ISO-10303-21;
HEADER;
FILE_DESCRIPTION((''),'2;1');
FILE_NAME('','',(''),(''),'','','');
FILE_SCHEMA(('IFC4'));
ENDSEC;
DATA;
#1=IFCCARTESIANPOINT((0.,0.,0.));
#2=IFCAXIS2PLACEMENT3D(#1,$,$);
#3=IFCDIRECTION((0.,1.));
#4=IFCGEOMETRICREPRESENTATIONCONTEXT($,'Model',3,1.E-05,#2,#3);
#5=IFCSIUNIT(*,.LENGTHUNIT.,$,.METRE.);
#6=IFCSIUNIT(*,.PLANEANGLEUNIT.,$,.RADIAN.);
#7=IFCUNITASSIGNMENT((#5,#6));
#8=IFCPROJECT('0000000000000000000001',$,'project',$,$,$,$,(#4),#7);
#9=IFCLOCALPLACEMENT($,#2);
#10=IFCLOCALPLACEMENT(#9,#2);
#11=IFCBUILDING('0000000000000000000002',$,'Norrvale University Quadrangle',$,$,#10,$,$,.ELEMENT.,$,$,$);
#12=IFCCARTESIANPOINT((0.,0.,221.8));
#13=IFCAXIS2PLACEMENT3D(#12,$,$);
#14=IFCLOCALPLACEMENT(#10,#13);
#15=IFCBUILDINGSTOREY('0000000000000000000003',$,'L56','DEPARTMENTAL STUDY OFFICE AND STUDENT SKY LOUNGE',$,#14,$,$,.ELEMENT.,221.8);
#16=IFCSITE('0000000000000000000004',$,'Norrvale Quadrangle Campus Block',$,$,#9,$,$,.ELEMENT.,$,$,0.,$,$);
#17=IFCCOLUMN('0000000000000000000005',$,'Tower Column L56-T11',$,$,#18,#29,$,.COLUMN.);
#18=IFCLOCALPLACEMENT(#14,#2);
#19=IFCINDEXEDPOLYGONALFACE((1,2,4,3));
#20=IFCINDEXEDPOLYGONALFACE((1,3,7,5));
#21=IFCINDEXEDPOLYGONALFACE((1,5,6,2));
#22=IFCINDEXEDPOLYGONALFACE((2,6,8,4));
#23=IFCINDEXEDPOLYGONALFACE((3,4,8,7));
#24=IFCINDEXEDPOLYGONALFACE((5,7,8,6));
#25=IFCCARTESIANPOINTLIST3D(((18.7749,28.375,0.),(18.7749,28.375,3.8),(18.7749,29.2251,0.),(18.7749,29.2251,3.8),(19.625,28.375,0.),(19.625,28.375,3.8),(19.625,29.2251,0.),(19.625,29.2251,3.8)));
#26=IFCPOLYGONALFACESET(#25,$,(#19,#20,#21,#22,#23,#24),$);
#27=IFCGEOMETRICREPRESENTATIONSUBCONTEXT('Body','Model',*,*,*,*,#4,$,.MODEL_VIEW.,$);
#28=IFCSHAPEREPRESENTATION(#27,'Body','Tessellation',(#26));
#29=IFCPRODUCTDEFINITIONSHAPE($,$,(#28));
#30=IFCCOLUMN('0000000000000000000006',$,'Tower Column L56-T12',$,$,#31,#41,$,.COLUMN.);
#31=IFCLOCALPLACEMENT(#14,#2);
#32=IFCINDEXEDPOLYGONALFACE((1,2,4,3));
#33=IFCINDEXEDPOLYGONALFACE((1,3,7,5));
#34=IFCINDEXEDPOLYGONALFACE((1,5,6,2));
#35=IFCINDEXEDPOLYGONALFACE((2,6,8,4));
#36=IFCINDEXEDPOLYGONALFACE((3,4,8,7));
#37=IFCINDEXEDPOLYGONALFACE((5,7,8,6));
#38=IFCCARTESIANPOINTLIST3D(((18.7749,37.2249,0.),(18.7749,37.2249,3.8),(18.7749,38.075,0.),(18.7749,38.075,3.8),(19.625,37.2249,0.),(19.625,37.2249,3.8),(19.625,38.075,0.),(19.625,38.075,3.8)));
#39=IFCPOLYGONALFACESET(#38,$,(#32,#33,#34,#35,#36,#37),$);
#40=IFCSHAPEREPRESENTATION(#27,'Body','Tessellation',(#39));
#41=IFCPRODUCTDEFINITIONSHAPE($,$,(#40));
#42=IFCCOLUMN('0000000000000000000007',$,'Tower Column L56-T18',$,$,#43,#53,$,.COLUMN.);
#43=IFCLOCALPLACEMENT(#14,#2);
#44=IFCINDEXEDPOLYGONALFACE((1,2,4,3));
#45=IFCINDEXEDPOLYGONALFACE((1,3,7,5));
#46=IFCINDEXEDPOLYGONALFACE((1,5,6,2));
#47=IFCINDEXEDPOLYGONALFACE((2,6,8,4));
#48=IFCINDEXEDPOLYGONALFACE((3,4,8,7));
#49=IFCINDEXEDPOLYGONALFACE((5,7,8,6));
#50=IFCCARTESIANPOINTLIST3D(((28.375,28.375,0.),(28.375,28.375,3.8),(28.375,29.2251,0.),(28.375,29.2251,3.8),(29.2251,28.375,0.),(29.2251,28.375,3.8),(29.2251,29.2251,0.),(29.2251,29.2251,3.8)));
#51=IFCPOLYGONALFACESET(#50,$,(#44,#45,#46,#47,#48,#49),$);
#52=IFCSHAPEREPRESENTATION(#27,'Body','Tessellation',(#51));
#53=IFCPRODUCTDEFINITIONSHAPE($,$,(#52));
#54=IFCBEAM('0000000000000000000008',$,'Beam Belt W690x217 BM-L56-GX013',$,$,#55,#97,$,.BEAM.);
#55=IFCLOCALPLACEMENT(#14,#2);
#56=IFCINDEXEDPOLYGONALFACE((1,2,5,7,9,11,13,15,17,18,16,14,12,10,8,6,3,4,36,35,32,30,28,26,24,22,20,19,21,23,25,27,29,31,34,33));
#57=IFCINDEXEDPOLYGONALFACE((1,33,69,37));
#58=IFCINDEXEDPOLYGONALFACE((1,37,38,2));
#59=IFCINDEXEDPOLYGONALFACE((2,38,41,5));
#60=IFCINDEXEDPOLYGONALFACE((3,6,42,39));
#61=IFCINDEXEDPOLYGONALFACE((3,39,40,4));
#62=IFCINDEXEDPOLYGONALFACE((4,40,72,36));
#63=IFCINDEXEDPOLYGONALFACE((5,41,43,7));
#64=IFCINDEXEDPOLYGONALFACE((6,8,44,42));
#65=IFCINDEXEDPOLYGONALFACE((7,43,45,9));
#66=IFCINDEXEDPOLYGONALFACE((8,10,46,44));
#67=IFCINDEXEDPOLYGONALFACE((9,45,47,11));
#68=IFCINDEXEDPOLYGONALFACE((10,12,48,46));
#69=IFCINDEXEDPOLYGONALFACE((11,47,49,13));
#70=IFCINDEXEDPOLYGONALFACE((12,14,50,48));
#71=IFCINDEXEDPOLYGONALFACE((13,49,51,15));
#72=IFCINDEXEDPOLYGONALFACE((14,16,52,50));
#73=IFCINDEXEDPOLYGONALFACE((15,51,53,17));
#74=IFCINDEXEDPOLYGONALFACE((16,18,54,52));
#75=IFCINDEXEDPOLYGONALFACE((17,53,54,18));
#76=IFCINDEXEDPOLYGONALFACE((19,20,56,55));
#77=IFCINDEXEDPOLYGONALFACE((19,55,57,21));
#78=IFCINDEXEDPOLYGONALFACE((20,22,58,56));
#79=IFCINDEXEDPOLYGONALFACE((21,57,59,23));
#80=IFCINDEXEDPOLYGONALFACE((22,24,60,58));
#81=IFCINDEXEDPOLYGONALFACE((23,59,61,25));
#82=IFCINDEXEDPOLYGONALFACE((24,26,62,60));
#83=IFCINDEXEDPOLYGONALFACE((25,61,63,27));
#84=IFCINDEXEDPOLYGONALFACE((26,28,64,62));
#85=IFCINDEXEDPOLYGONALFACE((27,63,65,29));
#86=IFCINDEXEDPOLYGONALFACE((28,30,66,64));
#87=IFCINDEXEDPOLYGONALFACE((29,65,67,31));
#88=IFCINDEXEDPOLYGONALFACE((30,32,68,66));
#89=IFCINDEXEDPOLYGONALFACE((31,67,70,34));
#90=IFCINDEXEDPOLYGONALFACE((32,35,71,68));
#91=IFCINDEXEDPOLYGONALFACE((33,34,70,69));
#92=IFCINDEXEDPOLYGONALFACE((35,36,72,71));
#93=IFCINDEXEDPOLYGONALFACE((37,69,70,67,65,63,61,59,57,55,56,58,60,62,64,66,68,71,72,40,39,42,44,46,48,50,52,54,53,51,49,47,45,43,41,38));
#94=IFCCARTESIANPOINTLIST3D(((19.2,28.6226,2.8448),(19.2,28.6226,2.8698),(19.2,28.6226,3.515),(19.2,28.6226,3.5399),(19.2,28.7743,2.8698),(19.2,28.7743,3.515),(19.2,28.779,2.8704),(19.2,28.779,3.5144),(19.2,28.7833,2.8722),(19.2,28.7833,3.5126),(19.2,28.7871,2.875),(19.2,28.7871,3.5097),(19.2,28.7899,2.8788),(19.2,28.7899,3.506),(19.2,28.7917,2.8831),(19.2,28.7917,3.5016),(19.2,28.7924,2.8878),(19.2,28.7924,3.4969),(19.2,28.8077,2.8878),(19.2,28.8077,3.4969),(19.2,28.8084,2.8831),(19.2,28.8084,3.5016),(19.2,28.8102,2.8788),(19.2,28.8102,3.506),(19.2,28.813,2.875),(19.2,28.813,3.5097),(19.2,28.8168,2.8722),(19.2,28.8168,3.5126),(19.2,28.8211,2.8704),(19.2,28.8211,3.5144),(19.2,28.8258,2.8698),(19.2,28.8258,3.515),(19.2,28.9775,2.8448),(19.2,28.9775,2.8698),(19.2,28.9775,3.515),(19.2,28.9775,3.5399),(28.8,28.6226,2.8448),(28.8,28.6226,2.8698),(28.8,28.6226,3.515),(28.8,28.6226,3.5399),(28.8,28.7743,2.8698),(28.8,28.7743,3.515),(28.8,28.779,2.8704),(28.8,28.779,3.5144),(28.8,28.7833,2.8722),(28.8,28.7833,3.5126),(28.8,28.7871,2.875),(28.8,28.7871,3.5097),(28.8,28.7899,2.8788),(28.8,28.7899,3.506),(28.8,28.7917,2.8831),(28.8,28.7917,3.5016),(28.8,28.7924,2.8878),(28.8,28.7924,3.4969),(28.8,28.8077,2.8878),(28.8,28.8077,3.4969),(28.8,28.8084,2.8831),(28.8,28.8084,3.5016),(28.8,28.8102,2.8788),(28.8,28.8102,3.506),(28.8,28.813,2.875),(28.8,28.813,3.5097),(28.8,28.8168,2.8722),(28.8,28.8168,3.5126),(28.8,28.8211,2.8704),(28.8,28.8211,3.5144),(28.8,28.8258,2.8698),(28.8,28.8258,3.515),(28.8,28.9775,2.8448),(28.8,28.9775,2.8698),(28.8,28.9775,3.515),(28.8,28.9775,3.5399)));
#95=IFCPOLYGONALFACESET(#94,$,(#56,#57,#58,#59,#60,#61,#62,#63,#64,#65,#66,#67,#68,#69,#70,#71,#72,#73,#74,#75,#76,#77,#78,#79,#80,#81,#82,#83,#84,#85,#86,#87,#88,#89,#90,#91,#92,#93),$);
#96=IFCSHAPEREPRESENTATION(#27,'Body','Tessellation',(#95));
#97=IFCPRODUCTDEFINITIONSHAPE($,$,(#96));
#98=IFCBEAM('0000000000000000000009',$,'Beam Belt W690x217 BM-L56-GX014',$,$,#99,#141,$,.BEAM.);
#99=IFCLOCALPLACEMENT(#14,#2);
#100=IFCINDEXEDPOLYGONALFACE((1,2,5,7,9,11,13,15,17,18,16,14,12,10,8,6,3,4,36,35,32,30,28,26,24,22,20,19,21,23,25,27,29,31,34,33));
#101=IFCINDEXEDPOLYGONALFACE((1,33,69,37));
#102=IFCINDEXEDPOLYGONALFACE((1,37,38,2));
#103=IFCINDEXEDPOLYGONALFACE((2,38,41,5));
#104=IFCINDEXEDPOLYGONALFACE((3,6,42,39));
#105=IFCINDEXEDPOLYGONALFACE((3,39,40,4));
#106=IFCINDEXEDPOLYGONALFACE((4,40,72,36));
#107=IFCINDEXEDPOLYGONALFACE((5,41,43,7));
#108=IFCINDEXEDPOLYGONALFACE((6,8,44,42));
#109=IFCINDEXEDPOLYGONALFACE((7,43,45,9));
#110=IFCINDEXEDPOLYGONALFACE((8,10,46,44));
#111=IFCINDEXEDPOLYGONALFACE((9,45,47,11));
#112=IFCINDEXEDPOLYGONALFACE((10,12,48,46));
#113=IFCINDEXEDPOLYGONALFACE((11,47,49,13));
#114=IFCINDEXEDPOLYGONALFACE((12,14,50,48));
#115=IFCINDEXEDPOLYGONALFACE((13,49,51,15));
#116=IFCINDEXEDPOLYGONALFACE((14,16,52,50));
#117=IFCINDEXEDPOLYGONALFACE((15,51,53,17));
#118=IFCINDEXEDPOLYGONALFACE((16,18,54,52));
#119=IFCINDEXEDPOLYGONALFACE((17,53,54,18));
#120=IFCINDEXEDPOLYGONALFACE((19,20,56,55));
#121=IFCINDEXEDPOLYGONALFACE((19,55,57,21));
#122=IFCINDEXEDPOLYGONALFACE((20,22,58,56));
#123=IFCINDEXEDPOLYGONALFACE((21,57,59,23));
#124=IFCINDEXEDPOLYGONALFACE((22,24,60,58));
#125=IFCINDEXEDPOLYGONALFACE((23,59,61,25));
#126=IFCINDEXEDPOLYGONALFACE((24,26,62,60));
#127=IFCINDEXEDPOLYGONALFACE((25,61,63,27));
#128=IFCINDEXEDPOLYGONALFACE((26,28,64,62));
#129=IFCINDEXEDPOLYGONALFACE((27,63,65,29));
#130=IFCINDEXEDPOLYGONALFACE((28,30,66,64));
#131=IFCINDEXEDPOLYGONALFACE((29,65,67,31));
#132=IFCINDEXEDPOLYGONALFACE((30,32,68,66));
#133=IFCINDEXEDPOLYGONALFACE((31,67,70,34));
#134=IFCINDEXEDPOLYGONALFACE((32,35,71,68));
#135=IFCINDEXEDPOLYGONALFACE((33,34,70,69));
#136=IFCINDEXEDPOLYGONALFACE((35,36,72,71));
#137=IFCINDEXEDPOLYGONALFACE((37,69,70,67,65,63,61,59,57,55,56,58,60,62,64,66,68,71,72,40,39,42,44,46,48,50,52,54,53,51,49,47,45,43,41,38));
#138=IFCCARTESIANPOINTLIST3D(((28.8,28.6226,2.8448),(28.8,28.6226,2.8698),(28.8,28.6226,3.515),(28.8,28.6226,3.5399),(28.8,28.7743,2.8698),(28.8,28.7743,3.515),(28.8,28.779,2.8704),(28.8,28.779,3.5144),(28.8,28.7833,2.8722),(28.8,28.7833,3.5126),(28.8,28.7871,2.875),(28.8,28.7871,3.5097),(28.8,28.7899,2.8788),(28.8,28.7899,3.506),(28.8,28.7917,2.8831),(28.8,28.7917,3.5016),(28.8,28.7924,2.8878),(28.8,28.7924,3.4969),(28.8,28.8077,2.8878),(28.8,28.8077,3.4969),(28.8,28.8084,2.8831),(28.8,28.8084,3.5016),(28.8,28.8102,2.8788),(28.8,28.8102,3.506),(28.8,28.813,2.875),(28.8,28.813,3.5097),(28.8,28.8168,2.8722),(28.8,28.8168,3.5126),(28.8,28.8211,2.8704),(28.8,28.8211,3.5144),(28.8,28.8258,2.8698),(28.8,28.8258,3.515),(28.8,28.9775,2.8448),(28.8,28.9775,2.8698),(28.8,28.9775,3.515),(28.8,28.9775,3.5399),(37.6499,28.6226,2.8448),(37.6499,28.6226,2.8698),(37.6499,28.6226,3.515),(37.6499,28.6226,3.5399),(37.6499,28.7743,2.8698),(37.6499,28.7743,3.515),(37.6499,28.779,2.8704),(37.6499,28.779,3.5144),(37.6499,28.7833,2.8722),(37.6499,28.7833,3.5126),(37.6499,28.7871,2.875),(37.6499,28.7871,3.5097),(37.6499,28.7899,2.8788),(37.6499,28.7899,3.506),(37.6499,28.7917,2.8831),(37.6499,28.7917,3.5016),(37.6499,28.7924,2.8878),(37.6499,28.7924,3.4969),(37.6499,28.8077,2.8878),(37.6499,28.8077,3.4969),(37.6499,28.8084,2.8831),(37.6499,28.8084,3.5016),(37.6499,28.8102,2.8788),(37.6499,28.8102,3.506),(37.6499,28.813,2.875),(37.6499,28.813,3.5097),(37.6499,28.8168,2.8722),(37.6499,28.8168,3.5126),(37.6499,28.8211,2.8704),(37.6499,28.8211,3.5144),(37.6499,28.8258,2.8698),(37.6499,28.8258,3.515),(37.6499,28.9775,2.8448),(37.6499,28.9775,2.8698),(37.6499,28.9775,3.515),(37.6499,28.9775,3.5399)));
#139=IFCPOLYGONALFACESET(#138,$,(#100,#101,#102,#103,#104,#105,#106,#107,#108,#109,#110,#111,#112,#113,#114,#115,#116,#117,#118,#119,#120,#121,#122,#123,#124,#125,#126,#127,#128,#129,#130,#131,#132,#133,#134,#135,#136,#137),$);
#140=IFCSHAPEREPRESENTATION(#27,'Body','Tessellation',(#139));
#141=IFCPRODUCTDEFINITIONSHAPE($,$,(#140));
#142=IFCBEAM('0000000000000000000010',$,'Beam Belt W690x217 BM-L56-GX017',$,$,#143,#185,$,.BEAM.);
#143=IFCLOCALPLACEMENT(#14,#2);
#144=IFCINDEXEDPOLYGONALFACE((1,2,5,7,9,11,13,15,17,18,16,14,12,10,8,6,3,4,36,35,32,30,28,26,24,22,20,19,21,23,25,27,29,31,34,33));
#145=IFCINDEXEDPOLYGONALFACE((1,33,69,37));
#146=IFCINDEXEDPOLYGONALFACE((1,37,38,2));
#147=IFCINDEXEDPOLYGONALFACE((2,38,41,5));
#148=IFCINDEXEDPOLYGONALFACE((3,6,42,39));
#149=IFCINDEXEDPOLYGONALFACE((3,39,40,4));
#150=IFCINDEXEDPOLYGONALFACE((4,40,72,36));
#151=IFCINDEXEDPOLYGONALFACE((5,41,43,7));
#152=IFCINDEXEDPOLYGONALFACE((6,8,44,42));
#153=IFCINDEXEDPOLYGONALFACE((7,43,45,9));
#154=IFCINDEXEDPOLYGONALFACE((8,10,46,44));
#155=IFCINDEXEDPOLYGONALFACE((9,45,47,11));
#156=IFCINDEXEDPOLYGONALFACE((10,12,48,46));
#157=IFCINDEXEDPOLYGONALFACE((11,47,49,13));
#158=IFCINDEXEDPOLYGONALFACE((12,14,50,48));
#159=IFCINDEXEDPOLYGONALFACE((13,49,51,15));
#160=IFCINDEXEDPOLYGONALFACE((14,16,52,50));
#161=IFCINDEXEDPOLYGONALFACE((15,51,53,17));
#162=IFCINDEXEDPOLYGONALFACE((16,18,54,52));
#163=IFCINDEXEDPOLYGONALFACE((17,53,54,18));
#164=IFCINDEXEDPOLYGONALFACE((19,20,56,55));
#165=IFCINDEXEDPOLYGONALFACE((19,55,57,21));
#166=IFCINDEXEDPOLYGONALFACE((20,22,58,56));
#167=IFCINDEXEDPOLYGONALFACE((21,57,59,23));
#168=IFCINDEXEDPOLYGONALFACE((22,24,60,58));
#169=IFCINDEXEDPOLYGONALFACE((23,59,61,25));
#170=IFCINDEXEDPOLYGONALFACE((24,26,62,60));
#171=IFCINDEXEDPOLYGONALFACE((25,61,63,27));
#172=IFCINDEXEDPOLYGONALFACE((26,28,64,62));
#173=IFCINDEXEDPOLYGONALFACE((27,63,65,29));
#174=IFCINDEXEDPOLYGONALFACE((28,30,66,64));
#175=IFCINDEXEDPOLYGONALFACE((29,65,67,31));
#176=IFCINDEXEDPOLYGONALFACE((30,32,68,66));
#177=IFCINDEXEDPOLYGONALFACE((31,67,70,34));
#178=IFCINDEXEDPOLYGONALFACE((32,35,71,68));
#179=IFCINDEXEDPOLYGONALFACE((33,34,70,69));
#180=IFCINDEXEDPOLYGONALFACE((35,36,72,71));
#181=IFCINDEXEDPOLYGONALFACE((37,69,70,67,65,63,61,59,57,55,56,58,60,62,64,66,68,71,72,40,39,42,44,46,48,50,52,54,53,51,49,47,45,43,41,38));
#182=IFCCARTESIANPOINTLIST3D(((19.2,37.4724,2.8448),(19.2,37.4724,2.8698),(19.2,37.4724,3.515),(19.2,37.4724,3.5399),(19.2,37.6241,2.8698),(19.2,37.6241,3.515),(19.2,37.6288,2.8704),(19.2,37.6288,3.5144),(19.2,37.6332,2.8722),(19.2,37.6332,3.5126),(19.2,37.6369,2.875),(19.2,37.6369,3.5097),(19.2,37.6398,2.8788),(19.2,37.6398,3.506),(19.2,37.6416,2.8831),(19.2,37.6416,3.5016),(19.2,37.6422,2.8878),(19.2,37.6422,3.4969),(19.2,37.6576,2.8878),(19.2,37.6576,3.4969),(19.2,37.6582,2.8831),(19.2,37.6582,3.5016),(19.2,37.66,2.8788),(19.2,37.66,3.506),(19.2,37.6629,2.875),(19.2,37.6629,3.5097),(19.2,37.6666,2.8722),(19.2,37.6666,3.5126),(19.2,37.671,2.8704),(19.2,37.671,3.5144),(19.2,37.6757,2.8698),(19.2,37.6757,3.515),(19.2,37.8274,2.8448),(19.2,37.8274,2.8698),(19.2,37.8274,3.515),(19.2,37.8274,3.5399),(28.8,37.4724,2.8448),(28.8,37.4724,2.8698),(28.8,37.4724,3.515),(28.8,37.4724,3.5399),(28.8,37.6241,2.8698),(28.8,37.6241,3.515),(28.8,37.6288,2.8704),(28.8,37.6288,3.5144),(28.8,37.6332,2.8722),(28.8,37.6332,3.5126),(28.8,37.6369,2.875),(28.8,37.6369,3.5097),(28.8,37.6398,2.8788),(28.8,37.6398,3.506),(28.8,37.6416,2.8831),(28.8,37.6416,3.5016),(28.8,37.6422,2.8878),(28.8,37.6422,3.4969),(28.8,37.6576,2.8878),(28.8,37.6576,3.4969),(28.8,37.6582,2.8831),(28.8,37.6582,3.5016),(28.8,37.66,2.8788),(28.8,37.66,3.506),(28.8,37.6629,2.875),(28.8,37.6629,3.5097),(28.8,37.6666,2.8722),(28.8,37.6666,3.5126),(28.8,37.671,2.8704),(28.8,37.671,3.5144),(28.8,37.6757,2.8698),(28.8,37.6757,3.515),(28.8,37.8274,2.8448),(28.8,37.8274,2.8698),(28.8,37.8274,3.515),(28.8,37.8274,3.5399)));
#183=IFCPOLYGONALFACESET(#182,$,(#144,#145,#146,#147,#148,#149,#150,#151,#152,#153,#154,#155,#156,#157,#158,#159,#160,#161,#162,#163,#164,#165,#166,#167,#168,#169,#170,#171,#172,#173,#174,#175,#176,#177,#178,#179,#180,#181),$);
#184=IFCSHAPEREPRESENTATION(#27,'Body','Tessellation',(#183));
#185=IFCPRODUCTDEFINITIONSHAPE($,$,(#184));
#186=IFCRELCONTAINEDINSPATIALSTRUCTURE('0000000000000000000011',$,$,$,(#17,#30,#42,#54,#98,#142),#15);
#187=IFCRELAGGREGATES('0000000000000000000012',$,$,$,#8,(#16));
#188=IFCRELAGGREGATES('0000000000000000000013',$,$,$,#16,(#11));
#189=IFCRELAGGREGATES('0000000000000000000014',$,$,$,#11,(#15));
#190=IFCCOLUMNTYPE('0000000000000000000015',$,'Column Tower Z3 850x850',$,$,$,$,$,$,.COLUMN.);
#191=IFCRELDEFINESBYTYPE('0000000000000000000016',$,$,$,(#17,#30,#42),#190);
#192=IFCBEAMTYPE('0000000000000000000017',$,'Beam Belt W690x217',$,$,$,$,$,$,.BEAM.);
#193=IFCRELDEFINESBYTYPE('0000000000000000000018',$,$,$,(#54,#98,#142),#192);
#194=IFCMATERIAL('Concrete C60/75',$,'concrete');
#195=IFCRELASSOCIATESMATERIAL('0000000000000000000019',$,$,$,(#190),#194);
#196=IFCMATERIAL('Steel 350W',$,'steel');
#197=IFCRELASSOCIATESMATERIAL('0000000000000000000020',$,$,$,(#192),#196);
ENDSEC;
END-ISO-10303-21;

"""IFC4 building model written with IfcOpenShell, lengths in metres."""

from ifc_helpers import new_model, si_unit, direction, frame, origin, origin_2d, place, context, subcontext, project, spatial, rectangle, i_section, extrude, material, material_profile, profile_set, type_object, element, save


model = new_model("IFC4")

# Units and contexts
model_context = context("Model", 3, precision=1e-05, world=origin(), true_north=direction((0.0, 1.0)))
body_context = subcontext(model_context, "Body", "Model", "MODEL_VIEW")
ifc_project = project(units=[si_unit("LENGTHUNIT", "METRE"), si_unit("PLANEANGLEUNIT", "RADIAN")], contexts=[model_context])

# Site, building, storey
site_placement = place(None, origin())
site = spatial("IfcSite", under=ifc_project, at=site_placement, Name="Norrvale Quadrangle Campus Block", CompositionType="ELEMENT", RefElevation=0.0)
building_placement = place(site_placement, origin())
building = spatial("IfcBuilding", under=site, at=building_placement, Name="Norrvale University Quadrangle", CompositionType="ELEMENT")
storey_placement = place(building_placement, frame((0.0, 0.0, 221.8)))
storey = spatial("IfcBuildingStorey", under=building, at=storey_placement, Name="L56", Description="DEPARTMENTAL STUDY OFFICE AND STUDENT SKY LOUNGE", CompositionType="ELEMENT", Elevation=221.8)

# Columns
ifc_material_1 = material(Name="Concrete C60/75", Category="concrete")
ifc_material_profile_1 = material_profile(ifc_material_1, rectangle(XDim=0.8501, YDim=0.8501, at=origin_2d()), Name="Concrete C60/75")
ifc_profile_set_1 = profile_set([ifc_material_profile_1], Name="Concrete C60/75")
column_type = type_object("IfcColumnType", Name="Column Tower Z3 850x850", PredefinedType="COLUMN", material=ifc_profile_set_1)
for number, where, z_axis, x_axis, name in (
    (1, (19.2, 28.8, 0.0), (0.0, 0.0, 1.0), (1.0, 0.0, 0.0), "Tower Column L56-T11"),
    (2, (19.2, 37.6499, 0.0), (0.0, 0.0, 1.0), (1.0, 0.0, 0.0), "Tower Column L56-T12"),
    (3, (28.8, 28.8, 0.0), (0.0, 0.0, 1.0), (1.0, 0.0, 0.0), "Tower Column L56-T18"),
):
    element("IfcColumn", number, at=place(storey_placement, frame(where, z_axis=z_axis, x_axis=x_axis)), inside=storey, type_object=column_type, Name=name, PredefinedType="COLUMN", context=body_context, shape_type="SweptSolid", body=[
        extrude(rectangle(XDim=0.8501, YDim=0.8501, at=origin_2d()), origin(), (0.0, 0.0, 1.0), 3.8),
    ])

# Beams
ifc_material_2 = material(Name="Steel 350W", Category="steel")
ifc_material_profile_2 = material_profile(ifc_material_2, i_section(OverallWidth=0.355, OverallDepth=0.6951, WebThickness=0.0154, FlangeThickness=0.0249, FilletRadius=0.0181, at=origin_2d()), Name="Steel 350W")
ifc_profile_set_2 = profile_set([ifc_material_profile_2], Name="Steel 350W")
beam_type_1 = type_object("IfcBeamType", Name="Beam Belt W690x217", PredefinedType="BEAM", material=ifc_profile_set_2)
beam_1_placement = place(storey_placement, frame((19.2, 28.8, 3.1924), z_axis=(1.0, 0.0, 0.0), x_axis=(0.0, 1.0, 0.0)))
element("IfcBeam", 4, at=beam_1_placement, inside=storey, type_object=beam_type_1, Name="Beam Belt W690x217 BM-L56-GX013", PredefinedType="BEAM", context=body_context, shape_type="SweptSolid", body=[
    extrude(i_section(OverallWidth=0.355, OverallDepth=0.6951, WebThickness=0.0154, FlangeThickness=0.0249, FilletRadius=0.0181, at=origin_2d()), origin(), (0.0, 0.0, 1.0), 9.6001),
])
beam_2_placement = place(storey_placement, frame((28.8, 28.8, 3.1924), z_axis=(1.0, 0.0, 0.0), x_axis=(0.0, 1.0, 0.0)))
element("IfcBeam", 5, at=beam_2_placement, inside=storey, type_object=beam_type_1, Name="Beam Belt W690x217 BM-L56-GX014", PredefinedType="BEAM", context=body_context, shape_type="SweptSolid", body=[
    extrude(i_section(OverallWidth=0.355, OverallDepth=0.6951, WebThickness=0.0154, FlangeThickness=0.0249, FilletRadius=0.0181, at=origin_2d()), origin(), (0.0, 0.0, 1.0), 8.8499),
])
beam_3_placement = place(storey_placement, frame((19.2, 37.6499, 3.1924), z_axis=(1.0, 0.0, 0.0), x_axis=(0.0, 1.0, 0.0)))
element("IfcBeam", 6, at=beam_3_placement, inside=storey, type_object=beam_type_1, Name="Beam Belt W690x217 BM-L56-GX017", PredefinedType="BEAM", context=body_context, shape_type="SweptSolid", body=[
    extrude(i_section(OverallWidth=0.355, OverallDepth=0.6951, WebThickness=0.0154, FlangeThickness=0.0249, FilletRadius=0.0181, at=origin_2d()), origin(), (0.0, 0.0, 1.0), 9.6001),
])

save(model, "model.ifc")
